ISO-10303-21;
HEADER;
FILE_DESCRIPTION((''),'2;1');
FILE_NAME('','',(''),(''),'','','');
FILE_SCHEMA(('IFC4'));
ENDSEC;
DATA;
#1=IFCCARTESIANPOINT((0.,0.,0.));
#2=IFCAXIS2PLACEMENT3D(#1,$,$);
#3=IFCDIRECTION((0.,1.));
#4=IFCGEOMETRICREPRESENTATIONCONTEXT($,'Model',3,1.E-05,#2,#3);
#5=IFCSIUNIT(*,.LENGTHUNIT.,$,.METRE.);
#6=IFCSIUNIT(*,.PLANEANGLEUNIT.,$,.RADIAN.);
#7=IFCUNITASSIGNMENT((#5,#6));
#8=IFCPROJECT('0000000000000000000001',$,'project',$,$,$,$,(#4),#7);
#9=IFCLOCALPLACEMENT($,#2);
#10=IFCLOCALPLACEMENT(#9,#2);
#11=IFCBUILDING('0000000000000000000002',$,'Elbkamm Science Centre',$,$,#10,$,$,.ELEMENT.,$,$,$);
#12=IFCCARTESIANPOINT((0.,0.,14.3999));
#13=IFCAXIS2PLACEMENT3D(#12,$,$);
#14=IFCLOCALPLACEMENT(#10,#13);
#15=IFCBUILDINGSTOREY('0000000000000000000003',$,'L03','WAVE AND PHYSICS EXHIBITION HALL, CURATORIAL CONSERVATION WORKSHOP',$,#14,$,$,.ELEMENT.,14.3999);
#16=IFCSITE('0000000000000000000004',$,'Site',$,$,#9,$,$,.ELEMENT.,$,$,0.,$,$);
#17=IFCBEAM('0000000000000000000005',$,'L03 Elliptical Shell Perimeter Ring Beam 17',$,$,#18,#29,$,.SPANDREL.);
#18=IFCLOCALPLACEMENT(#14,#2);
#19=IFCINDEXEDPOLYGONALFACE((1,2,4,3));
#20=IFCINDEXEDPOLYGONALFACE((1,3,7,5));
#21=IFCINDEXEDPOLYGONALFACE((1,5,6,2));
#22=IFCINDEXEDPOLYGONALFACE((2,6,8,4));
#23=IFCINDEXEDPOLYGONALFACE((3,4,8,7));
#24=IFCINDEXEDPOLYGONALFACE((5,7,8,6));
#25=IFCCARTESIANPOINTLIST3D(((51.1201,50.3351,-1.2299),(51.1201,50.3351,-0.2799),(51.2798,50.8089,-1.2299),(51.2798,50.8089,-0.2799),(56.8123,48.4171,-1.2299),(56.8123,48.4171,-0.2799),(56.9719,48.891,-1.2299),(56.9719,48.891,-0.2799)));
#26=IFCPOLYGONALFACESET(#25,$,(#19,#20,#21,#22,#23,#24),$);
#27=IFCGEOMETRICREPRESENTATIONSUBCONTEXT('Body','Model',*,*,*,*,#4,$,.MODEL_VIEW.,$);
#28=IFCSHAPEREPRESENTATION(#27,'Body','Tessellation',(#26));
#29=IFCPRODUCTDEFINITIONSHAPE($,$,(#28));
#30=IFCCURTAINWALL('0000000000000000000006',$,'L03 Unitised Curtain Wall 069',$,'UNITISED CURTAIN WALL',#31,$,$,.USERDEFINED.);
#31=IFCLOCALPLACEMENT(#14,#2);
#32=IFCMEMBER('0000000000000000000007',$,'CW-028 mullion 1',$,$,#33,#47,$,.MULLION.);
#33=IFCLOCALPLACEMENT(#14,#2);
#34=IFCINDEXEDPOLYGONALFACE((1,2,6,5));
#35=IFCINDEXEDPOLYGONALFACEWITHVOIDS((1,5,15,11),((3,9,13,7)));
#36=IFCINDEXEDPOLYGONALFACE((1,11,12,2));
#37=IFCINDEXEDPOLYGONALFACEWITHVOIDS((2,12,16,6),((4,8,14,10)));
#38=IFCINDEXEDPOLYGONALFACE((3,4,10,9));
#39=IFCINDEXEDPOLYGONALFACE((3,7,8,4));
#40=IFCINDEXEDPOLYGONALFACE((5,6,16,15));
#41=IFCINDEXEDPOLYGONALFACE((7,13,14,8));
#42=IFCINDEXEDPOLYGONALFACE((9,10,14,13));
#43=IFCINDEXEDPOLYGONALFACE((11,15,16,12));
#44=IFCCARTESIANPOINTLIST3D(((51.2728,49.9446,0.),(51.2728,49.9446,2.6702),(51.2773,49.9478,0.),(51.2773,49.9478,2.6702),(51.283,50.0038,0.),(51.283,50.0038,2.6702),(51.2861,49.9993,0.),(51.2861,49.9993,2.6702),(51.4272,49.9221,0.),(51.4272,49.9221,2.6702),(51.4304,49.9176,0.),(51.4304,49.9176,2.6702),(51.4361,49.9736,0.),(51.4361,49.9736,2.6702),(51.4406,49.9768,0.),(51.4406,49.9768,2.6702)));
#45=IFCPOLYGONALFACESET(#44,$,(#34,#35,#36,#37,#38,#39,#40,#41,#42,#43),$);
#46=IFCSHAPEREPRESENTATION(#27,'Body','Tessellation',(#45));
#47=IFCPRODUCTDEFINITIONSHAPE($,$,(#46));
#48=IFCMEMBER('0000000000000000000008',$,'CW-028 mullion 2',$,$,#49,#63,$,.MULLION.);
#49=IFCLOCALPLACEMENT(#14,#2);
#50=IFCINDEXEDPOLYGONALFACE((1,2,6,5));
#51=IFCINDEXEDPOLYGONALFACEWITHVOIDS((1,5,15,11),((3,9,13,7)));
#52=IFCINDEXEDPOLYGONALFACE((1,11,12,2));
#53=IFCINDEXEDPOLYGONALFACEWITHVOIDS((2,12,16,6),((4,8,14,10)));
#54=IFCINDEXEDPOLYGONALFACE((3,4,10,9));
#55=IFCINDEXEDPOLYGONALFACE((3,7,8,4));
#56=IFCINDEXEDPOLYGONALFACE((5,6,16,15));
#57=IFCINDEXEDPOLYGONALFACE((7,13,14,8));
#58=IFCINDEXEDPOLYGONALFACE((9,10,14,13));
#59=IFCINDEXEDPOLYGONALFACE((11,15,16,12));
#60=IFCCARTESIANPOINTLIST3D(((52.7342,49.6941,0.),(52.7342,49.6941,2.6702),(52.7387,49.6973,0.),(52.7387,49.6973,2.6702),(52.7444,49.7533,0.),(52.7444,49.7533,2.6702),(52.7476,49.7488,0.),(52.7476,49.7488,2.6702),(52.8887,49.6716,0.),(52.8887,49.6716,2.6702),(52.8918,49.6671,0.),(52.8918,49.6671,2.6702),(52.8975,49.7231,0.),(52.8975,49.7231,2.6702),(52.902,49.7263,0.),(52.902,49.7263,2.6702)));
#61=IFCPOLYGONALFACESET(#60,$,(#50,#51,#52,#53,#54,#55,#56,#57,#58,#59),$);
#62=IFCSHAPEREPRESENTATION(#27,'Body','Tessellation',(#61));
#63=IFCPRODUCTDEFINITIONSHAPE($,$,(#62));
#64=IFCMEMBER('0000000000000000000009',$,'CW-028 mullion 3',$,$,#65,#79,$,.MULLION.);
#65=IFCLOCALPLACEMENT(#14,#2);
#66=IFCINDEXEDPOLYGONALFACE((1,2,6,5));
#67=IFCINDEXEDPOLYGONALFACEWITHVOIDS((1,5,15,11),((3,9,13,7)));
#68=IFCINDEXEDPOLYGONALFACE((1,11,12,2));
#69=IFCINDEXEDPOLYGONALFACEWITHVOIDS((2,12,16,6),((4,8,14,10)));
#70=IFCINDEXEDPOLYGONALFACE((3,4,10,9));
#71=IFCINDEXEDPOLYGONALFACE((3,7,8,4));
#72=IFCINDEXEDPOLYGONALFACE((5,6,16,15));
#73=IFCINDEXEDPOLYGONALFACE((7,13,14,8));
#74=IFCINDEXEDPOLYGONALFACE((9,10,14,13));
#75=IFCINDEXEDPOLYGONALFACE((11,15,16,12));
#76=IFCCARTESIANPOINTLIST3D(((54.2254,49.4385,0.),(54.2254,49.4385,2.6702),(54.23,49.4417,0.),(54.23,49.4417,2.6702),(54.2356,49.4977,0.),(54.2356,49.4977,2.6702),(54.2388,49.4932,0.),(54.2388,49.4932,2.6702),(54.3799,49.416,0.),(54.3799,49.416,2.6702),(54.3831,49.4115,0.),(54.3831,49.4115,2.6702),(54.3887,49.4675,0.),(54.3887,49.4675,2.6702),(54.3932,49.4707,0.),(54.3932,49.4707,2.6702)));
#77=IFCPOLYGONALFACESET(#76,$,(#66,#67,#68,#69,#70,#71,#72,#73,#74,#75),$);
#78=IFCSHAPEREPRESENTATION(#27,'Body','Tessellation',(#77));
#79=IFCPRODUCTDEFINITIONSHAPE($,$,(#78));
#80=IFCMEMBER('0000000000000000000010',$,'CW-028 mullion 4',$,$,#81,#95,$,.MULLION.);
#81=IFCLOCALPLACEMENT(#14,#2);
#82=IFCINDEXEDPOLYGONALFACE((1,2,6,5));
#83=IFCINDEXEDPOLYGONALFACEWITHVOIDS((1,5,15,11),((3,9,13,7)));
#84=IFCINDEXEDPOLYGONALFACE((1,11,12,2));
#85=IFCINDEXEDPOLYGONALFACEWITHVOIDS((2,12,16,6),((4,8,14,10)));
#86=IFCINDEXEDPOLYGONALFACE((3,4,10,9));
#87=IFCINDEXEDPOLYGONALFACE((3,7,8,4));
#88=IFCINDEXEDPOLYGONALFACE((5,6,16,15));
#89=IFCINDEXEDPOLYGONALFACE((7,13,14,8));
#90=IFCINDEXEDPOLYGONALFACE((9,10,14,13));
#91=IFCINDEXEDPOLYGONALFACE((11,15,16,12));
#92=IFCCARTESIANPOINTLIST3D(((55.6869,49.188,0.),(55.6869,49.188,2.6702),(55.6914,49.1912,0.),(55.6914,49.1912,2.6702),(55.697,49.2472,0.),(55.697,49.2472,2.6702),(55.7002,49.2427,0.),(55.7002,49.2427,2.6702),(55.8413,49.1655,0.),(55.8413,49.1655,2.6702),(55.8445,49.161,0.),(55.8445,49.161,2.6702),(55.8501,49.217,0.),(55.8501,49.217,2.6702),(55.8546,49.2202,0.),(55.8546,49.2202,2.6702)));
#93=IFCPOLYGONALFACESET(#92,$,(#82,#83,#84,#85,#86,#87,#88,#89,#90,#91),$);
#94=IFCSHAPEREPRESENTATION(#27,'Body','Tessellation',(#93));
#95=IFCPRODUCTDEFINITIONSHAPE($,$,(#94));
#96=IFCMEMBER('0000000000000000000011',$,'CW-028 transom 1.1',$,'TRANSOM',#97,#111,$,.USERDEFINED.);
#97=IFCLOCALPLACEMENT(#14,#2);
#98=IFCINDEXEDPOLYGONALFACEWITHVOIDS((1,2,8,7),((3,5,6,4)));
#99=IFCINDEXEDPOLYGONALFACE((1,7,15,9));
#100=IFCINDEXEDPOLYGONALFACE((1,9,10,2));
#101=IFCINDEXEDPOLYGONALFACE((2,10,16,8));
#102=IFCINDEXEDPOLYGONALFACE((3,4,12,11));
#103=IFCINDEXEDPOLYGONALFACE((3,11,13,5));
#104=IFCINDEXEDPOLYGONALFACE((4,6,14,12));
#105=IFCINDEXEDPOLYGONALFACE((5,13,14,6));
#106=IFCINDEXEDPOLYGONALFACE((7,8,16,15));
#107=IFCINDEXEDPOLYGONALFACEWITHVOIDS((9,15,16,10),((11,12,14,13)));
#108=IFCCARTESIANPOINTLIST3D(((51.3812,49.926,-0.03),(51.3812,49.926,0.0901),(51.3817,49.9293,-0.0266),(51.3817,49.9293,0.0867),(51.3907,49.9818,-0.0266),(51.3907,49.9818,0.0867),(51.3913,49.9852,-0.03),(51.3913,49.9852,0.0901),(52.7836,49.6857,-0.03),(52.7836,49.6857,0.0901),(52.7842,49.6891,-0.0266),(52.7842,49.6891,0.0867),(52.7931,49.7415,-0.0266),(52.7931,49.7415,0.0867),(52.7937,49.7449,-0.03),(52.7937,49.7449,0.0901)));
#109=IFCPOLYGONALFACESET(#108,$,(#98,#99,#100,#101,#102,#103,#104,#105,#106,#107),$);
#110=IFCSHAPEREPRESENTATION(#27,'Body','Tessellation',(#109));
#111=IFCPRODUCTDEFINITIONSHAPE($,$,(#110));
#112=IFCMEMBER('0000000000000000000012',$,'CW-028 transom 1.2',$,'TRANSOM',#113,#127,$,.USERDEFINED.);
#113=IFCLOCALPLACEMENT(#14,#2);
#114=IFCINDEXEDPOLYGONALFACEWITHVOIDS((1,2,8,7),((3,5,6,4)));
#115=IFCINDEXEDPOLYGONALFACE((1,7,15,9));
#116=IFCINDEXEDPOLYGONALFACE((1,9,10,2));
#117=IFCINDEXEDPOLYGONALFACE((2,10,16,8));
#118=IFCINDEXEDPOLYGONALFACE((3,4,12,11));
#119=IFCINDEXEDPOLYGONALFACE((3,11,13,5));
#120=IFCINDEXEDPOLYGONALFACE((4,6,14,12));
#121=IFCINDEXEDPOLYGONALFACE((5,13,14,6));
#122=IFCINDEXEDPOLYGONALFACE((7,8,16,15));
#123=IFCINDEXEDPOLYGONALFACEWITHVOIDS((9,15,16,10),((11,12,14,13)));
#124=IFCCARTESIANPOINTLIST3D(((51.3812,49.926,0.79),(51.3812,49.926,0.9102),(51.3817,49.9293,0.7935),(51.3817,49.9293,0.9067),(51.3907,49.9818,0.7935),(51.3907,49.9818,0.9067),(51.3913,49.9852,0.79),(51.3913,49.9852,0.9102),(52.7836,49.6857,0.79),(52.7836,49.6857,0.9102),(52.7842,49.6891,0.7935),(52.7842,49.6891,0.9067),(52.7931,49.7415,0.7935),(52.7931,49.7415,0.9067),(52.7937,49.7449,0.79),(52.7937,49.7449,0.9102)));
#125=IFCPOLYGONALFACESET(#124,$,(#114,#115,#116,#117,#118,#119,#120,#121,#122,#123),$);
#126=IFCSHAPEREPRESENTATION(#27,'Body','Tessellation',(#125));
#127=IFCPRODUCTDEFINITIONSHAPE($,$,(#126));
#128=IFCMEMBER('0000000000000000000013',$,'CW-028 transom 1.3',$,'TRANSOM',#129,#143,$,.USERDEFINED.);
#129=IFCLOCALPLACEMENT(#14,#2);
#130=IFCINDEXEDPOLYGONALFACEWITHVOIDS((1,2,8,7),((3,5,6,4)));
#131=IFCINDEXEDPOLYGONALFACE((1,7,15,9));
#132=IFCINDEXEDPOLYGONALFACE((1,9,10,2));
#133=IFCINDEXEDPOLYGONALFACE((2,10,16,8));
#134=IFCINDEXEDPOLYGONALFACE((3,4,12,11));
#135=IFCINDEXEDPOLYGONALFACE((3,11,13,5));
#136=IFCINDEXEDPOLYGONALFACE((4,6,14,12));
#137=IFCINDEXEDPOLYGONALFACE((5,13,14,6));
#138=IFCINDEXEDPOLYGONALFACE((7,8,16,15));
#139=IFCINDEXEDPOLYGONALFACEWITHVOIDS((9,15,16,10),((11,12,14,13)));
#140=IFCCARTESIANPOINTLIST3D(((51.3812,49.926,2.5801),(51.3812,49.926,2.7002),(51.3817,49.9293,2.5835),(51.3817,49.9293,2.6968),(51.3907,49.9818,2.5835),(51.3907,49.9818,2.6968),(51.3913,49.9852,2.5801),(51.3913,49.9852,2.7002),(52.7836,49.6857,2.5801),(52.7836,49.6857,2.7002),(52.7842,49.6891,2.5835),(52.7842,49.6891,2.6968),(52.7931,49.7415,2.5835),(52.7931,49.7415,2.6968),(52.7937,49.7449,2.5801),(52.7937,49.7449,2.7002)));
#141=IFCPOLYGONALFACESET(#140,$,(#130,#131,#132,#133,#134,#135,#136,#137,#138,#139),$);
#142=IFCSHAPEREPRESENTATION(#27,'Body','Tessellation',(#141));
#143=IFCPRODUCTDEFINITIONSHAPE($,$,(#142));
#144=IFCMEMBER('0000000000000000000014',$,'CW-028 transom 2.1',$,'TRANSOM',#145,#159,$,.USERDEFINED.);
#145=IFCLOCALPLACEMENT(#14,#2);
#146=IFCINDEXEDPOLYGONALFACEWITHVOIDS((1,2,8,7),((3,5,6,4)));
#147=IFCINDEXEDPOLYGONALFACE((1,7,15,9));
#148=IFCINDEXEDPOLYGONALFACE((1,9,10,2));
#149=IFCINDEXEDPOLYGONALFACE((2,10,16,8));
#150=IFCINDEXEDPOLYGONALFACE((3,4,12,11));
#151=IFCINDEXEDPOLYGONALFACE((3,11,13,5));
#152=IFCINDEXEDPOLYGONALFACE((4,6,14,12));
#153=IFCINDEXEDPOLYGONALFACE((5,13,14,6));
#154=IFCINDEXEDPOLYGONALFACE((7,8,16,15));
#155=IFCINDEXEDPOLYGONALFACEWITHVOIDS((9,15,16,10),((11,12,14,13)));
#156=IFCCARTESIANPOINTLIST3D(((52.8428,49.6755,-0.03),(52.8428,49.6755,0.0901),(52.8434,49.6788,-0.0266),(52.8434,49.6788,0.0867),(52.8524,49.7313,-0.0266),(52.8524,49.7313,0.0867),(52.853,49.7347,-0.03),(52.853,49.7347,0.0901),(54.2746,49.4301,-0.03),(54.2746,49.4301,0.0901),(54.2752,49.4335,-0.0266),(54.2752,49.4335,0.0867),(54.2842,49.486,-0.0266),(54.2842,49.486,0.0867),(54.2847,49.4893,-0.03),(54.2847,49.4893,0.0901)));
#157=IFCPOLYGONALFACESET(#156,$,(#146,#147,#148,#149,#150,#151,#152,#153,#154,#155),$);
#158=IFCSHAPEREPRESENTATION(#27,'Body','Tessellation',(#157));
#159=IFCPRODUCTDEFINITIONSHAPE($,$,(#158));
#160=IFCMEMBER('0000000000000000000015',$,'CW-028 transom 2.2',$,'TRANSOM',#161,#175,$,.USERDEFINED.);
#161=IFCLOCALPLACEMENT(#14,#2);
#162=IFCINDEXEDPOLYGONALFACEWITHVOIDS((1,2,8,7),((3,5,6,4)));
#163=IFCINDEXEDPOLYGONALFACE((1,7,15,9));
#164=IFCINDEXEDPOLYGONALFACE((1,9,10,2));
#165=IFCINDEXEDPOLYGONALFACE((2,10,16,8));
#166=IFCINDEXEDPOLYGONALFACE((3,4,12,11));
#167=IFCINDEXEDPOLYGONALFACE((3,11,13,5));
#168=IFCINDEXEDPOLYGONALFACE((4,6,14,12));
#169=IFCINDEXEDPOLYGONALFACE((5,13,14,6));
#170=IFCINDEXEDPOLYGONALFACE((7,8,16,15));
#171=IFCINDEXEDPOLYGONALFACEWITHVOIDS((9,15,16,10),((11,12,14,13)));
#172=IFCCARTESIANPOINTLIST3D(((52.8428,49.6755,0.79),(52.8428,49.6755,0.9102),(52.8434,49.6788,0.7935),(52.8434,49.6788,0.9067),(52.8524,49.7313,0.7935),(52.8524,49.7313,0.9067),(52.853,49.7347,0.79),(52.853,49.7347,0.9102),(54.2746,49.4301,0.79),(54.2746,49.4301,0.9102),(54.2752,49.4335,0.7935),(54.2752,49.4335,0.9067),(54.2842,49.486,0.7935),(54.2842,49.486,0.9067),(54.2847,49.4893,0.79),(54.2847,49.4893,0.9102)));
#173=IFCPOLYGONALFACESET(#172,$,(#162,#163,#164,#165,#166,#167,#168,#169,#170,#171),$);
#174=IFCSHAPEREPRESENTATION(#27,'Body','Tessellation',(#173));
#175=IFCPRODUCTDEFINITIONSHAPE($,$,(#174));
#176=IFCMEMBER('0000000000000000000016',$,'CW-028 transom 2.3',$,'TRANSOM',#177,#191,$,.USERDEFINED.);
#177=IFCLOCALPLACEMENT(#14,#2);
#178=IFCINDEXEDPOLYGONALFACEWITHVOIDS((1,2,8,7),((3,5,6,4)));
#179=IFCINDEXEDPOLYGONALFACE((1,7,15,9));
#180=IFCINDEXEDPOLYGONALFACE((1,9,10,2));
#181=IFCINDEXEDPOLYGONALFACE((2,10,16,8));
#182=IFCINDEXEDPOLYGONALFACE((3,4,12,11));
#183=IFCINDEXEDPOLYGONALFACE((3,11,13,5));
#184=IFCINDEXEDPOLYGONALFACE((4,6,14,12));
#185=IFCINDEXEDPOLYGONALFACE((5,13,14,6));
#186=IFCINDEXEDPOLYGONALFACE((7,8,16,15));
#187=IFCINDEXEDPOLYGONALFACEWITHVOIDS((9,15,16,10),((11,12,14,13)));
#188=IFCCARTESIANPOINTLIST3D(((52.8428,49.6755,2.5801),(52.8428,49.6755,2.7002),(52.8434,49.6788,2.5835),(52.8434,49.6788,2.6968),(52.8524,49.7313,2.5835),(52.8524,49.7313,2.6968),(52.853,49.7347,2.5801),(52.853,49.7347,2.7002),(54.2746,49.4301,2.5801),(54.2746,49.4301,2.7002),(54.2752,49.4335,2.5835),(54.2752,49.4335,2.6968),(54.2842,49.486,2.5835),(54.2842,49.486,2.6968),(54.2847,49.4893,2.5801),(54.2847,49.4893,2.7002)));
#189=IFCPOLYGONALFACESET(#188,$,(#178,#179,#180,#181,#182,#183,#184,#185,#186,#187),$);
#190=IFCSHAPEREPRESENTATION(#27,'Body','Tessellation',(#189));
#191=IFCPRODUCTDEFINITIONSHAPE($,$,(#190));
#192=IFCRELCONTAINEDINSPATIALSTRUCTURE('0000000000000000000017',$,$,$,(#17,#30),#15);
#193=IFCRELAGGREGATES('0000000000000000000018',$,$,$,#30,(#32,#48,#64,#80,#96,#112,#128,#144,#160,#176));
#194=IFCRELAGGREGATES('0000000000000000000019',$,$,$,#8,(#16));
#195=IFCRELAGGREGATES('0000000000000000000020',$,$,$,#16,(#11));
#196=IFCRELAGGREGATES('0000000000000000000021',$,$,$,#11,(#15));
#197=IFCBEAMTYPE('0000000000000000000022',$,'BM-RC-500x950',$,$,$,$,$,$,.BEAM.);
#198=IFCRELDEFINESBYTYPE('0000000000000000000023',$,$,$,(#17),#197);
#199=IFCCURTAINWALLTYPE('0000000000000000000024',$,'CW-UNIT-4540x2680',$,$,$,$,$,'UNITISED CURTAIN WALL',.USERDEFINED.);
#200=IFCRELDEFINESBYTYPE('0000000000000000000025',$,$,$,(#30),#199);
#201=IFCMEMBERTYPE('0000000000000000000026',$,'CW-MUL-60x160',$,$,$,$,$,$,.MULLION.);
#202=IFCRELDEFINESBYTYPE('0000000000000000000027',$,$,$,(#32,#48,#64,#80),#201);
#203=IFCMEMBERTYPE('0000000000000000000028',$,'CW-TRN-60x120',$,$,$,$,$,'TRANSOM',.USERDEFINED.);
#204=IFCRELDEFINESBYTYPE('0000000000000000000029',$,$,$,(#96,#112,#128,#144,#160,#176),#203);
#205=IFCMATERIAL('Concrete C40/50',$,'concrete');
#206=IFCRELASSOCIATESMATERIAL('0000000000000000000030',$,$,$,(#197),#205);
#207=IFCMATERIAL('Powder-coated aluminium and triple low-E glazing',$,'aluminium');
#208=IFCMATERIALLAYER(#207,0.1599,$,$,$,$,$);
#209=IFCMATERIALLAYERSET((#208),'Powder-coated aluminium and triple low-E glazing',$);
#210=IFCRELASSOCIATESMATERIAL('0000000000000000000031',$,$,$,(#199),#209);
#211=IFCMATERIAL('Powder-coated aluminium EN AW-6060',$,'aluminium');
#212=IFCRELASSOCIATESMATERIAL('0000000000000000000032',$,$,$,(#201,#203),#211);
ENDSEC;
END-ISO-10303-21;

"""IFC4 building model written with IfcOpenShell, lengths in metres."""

from ifc_helpers import new_model, si_unit, direction, frame, origin, origin_2d, place, context, subcontext, project, spatial, rectangle, hollow_rectangle, extrude, material, layer, layer_set, material_profile, profile_set, type_object, element, aggregate, save


model = new_model("IFC4")

# Units and contexts
model_context = context("Model", 3, precision=1e-05, world=origin(), true_north=direction((0.0, 1.0)))
body_context = subcontext(model_context, "Body", "Model", "MODEL_VIEW")
ifc_project = project(units=[si_unit("LENGTHUNIT", "METRE"), si_unit("PLANEANGLEUNIT", "RADIAN")], contexts=[model_context])

# Site, building, storey
site_placement = place(None, origin())
site = spatial("IfcSite", under=ifc_project, at=site_placement, Name="Site", CompositionType="ELEMENT", RefElevation=0.0)
building_placement = place(site_placement, origin())
building = spatial("IfcBuilding", under=site, at=building_placement, Name="Elbkamm Science Centre", CompositionType="ELEMENT")
storey_placement = place(building_placement, frame((0.0, 0.0, 14.3999)))
storey = spatial("IfcBuildingStorey", under=building, at=storey_placement, Name="L03", Description="WAVE AND PHYSICS EXHIBITION HALL, CURATORIAL CONSERVATION WORKSHOP", CompositionType="ELEMENT", Elevation=14.3999)

# Beam
ifc_material_1 = material(Name="Concrete C40/50", Category="concrete")
ifc_material_profile_1 = material_profile(ifc_material_1, rectangle(XDim=0.5, YDim=0.95, at=origin_2d()), Name="RC 500x950")
ifc_profile_set_1 = profile_set([ifc_material_profile_1], Name="Concrete C40/50")
beam_type = type_object("IfcBeamType", Name="BM-RC-500x950", PredefinedType="BEAM", material=ifc_profile_set_1)
beam_placement = place(storey_placement, frame((51.2, 50.572, -0.7549), z_axis=(0.94765, -0.319311, 0.0), x_axis=(0.319311, 0.94765, 0.0)))
element("IfcBeam", 1, at=beam_placement, inside=storey, type_object=beam_type, Name="L03 Elliptical Shell Perimeter Ring Beam 17", PredefinedType="SPANDREL", context=body_context, shape_type="SweptSolid", body=[
    extrude(rectangle(XDim=0.5, YDim=0.95, at=origin_2d()), origin(), (0.0, 0.0, 1.0), 6.0066),
])

# Curtain wall, members
ifc_material_2 = material(Name="Powder-coated aluminium and triple low-E glazing", Category="aluminium")
ifc_layer_1 = layer(ifc_material_2, 0.1599)
ifc_layer_set_1 = layer_set([ifc_layer_1], Name="Powder-coated aluminium and triple low-E glazing")
curtain_wall_type = type_object("IfcCurtainWallType", Name="CW-UNIT-4540x2680", ElementType="UNITISED CURTAIN WALL", PredefinedType="USERDEFINED", material=ifc_layer_set_1)
curtain_wall_placement = place(storey_placement, origin())
curtain_wall = element("IfcCurtainWall", 2, at=curtain_wall_placement, inside=storey, type_object=curtain_wall_type, Name="L03 Unitised Curtain Wall 069", ObjectType="UNITISED CURTAIN WALL", PredefinedType="USERDEFINED")
ifc_material_3 = material(Name="Powder-coated aluminium EN AW-6060", Category="aluminium")
ifc_material_profile_2 = material_profile(ifc_material_3, hollow_rectangle(XDim=0.0601, YDim=0.1599, WallThickness=0.0039, at=origin_2d()), Name="ALU M60x160")
ifc_profile_set_2 = profile_set([ifc_material_profile_2], Name="Powder-coated aluminium EN AW-6060")
member_type_1 = type_object("IfcMemberType", Name="CW-MUL-60x160", PredefinedType="MULLION", material=ifc_profile_set_2)
member_1_placement = place(storey_placement, frame((51.3567, 49.9607, 0.0), z_axis=(0.0, 0.0, 1.0), x_axis=(0.168939, 0.985627, 0.0)))
member_1 = element("IfcMember", 3, at=member_1_placement, type_object=member_type_1, Name="CW-028 mullion 1", PredefinedType="MULLION", context=body_context, shape_type="SweptSolid", body=[
    extrude(hollow_rectangle(XDim=0.0601, YDim=0.1599, WallThickness=0.0039, at=origin_2d()), origin(), (0.0, 0.0, 1.0), 2.6702),
])
member_2_placement = place(storey_placement, frame((52.8181, 49.7102, 0.0), z_axis=(0.0, 0.0, 1.0), x_axis=(0.168939, 0.985627, 0.0)))
member_2 = element("IfcMember", 4, at=member_2_placement, type_object=member_type_1, Name="CW-028 mullion 2", PredefinedType="MULLION", context=body_context, shape_type="SweptSolid", body=[
    extrude(hollow_rectangle(XDim=0.0601, YDim=0.1599, WallThickness=0.0039, at=origin_2d()), origin(), (0.0, 0.0, 1.0), 2.6702),
])
member_3_placement = place(storey_placement, frame((54.3093, 49.4546, 0.0), z_axis=(0.0, 0.0, 1.0), x_axis=(0.168939, 0.985627, 0.0)))
member_3 = element("IfcMember", 5, at=member_3_placement, type_object=member_type_1, Name="CW-028 mullion 3", PredefinedType="MULLION", context=body_context, shape_type="SweptSolid", body=[
    extrude(hollow_rectangle(XDim=0.0601, YDim=0.1599, WallThickness=0.0039, at=origin_2d()), origin(), (0.0, 0.0, 1.0), 2.6702),
])
member_4_placement = place(storey_placement, frame((55.7708, 49.2041, 0.0), z_axis=(0.0, 0.0, 1.0), x_axis=(0.168939, 0.985627, 0.0)))
member_4 = element("IfcMember", 6, at=member_4_placement, type_object=member_type_1, Name="CW-028 mullion 4", PredefinedType="MULLION", context=body_context, shape_type="SweptSolid", body=[
    extrude(hollow_rectangle(XDim=0.0601, YDim=0.1599, WallThickness=0.0039, at=origin_2d()), origin(), (0.0, 0.0, 1.0), 2.6702),
])
ifc_material_profile_3 = material_profile(ifc_material_3, hollow_rectangle(XDim=0.0601, YDim=0.1201, WallThickness=0.0034, at=origin_2d()), Name="ALU T60x120")
ifc_profile_set_3 = profile_set([ifc_material_profile_3], Name="Powder-coated aluminium EN AW-6060")
member_type_2 = type_object("IfcMemberType", Name="CW-TRN-60x120", ElementType="TRANSOM", PredefinedType="USERDEFINED", material=ifc_profile_set_3)
member_5_placement = place(storey_placement, frame((51.3862, 49.9556, 0.03), z_axis=(0.985642, -0.16885, 0.0), x_axis=(0.16885, 0.985642, 0.0)))
member_5 = element("IfcMember", 7, at=member_5_placement, type_object=member_type_2, Name="CW-028 transom 1.1", ObjectType="TRANSOM", PredefinedType="USERDEFINED", context=body_context, shape_type="SweptSolid", body=[
    extrude(hollow_rectangle(XDim=0.0601, YDim=0.1201, WallThickness=0.0034, at=origin_2d()), origin(), (0.0, 0.0, 1.0), 1.4229),
])
member_6_placement = place(storey_placement, frame((51.3862, 49.9556, 0.8501), z_axis=(0.985642, -0.16885, 0.0), x_axis=(0.16885, 0.985642, 0.0)))
member_6 = element("IfcMember", 8, at=member_6_placement, type_object=member_type_2, Name="CW-028 transom 1.2", ObjectType="TRANSOM", PredefinedType="USERDEFINED", context=body_context, shape_type="SweptSolid", body=[
    extrude(hollow_rectangle(XDim=0.0601, YDim=0.1201, WallThickness=0.0034, at=origin_2d()), origin(), (0.0, 0.0, 1.0), 1.4229),
])
member_7_placement = place(storey_placement, frame((51.3862, 49.9556, 2.6401), z_axis=(0.985642, -0.16885, 0.0), x_axis=(0.16885, 0.985642, 0.0)))
member_7 = element("IfcMember", 9, at=member_7_placement, type_object=member_type_2, Name="CW-028 transom 1.3", ObjectType="TRANSOM", PredefinedType="USERDEFINED", context=body_context, shape_type="SweptSolid", body=[
    extrude(hollow_rectangle(XDim=0.0601, YDim=0.1201, WallThickness=0.0034, at=origin_2d()), origin(), (0.0, 0.0, 1.0), 1.4229),
])
member_8_placement = place(storey_placement, frame((52.8479, 49.7051, 0.03), z_axis=(0.985634, -0.168894, 0.0), x_axis=(0.168894, 0.985634, 0.0)))
member_8 = element("IfcMember", 10, at=member_8_placement, type_object=member_type_2, Name="CW-028 transom 2.1", ObjectType="TRANSOM", PredefinedType="USERDEFINED", context=body_context, shape_type="SweptSolid", body=[
    extrude(hollow_rectangle(XDim=0.0601, YDim=0.1201, WallThickness=0.0034, at=origin_2d()), origin(), (0.0, 0.0, 1.0), 1.4526),
])
member_9_placement = place(storey_placement, frame((52.8479, 49.7051, 0.8501), z_axis=(0.985634, -0.168894, 0.0), x_axis=(0.168894, 0.985634, 0.0)))
member_9 = element("IfcMember", 11, at=member_9_placement, type_object=member_type_2, Name="CW-028 transom 2.2", ObjectType="TRANSOM", PredefinedType="USERDEFINED", context=body_context, shape_type="SweptSolid", body=[
    extrude(hollow_rectangle(XDim=0.0601, YDim=0.1201, WallThickness=0.0034, at=origin_2d()), origin(), (0.0, 0.0, 1.0), 1.4526),
])
member_10_placement = place(storey_placement, frame((52.8479, 49.7051, 2.6401), z_axis=(0.985634, -0.168894, 0.0), x_axis=(0.168894, 0.985634, 0.0)))
member_10 = element("IfcMember", 12, at=member_10_placement, type_object=member_type_2, Name="CW-028 transom 2.3", ObjectType="TRANSOM", PredefinedType="USERDEFINED", context=body_context, shape_type="SweptSolid", body=[
    extrude(hollow_rectangle(XDim=0.0601, YDim=0.1201, WallThickness=0.0034, at=origin_2d()), origin(), (0.0, 0.0, 1.0), 1.4526),
])
aggregate(curtain_wall, [member_1, member_2, member_3, member_4, member_5, member_6, member_7, member_8, member_9, member_10])

save(model, "model.ifc")
